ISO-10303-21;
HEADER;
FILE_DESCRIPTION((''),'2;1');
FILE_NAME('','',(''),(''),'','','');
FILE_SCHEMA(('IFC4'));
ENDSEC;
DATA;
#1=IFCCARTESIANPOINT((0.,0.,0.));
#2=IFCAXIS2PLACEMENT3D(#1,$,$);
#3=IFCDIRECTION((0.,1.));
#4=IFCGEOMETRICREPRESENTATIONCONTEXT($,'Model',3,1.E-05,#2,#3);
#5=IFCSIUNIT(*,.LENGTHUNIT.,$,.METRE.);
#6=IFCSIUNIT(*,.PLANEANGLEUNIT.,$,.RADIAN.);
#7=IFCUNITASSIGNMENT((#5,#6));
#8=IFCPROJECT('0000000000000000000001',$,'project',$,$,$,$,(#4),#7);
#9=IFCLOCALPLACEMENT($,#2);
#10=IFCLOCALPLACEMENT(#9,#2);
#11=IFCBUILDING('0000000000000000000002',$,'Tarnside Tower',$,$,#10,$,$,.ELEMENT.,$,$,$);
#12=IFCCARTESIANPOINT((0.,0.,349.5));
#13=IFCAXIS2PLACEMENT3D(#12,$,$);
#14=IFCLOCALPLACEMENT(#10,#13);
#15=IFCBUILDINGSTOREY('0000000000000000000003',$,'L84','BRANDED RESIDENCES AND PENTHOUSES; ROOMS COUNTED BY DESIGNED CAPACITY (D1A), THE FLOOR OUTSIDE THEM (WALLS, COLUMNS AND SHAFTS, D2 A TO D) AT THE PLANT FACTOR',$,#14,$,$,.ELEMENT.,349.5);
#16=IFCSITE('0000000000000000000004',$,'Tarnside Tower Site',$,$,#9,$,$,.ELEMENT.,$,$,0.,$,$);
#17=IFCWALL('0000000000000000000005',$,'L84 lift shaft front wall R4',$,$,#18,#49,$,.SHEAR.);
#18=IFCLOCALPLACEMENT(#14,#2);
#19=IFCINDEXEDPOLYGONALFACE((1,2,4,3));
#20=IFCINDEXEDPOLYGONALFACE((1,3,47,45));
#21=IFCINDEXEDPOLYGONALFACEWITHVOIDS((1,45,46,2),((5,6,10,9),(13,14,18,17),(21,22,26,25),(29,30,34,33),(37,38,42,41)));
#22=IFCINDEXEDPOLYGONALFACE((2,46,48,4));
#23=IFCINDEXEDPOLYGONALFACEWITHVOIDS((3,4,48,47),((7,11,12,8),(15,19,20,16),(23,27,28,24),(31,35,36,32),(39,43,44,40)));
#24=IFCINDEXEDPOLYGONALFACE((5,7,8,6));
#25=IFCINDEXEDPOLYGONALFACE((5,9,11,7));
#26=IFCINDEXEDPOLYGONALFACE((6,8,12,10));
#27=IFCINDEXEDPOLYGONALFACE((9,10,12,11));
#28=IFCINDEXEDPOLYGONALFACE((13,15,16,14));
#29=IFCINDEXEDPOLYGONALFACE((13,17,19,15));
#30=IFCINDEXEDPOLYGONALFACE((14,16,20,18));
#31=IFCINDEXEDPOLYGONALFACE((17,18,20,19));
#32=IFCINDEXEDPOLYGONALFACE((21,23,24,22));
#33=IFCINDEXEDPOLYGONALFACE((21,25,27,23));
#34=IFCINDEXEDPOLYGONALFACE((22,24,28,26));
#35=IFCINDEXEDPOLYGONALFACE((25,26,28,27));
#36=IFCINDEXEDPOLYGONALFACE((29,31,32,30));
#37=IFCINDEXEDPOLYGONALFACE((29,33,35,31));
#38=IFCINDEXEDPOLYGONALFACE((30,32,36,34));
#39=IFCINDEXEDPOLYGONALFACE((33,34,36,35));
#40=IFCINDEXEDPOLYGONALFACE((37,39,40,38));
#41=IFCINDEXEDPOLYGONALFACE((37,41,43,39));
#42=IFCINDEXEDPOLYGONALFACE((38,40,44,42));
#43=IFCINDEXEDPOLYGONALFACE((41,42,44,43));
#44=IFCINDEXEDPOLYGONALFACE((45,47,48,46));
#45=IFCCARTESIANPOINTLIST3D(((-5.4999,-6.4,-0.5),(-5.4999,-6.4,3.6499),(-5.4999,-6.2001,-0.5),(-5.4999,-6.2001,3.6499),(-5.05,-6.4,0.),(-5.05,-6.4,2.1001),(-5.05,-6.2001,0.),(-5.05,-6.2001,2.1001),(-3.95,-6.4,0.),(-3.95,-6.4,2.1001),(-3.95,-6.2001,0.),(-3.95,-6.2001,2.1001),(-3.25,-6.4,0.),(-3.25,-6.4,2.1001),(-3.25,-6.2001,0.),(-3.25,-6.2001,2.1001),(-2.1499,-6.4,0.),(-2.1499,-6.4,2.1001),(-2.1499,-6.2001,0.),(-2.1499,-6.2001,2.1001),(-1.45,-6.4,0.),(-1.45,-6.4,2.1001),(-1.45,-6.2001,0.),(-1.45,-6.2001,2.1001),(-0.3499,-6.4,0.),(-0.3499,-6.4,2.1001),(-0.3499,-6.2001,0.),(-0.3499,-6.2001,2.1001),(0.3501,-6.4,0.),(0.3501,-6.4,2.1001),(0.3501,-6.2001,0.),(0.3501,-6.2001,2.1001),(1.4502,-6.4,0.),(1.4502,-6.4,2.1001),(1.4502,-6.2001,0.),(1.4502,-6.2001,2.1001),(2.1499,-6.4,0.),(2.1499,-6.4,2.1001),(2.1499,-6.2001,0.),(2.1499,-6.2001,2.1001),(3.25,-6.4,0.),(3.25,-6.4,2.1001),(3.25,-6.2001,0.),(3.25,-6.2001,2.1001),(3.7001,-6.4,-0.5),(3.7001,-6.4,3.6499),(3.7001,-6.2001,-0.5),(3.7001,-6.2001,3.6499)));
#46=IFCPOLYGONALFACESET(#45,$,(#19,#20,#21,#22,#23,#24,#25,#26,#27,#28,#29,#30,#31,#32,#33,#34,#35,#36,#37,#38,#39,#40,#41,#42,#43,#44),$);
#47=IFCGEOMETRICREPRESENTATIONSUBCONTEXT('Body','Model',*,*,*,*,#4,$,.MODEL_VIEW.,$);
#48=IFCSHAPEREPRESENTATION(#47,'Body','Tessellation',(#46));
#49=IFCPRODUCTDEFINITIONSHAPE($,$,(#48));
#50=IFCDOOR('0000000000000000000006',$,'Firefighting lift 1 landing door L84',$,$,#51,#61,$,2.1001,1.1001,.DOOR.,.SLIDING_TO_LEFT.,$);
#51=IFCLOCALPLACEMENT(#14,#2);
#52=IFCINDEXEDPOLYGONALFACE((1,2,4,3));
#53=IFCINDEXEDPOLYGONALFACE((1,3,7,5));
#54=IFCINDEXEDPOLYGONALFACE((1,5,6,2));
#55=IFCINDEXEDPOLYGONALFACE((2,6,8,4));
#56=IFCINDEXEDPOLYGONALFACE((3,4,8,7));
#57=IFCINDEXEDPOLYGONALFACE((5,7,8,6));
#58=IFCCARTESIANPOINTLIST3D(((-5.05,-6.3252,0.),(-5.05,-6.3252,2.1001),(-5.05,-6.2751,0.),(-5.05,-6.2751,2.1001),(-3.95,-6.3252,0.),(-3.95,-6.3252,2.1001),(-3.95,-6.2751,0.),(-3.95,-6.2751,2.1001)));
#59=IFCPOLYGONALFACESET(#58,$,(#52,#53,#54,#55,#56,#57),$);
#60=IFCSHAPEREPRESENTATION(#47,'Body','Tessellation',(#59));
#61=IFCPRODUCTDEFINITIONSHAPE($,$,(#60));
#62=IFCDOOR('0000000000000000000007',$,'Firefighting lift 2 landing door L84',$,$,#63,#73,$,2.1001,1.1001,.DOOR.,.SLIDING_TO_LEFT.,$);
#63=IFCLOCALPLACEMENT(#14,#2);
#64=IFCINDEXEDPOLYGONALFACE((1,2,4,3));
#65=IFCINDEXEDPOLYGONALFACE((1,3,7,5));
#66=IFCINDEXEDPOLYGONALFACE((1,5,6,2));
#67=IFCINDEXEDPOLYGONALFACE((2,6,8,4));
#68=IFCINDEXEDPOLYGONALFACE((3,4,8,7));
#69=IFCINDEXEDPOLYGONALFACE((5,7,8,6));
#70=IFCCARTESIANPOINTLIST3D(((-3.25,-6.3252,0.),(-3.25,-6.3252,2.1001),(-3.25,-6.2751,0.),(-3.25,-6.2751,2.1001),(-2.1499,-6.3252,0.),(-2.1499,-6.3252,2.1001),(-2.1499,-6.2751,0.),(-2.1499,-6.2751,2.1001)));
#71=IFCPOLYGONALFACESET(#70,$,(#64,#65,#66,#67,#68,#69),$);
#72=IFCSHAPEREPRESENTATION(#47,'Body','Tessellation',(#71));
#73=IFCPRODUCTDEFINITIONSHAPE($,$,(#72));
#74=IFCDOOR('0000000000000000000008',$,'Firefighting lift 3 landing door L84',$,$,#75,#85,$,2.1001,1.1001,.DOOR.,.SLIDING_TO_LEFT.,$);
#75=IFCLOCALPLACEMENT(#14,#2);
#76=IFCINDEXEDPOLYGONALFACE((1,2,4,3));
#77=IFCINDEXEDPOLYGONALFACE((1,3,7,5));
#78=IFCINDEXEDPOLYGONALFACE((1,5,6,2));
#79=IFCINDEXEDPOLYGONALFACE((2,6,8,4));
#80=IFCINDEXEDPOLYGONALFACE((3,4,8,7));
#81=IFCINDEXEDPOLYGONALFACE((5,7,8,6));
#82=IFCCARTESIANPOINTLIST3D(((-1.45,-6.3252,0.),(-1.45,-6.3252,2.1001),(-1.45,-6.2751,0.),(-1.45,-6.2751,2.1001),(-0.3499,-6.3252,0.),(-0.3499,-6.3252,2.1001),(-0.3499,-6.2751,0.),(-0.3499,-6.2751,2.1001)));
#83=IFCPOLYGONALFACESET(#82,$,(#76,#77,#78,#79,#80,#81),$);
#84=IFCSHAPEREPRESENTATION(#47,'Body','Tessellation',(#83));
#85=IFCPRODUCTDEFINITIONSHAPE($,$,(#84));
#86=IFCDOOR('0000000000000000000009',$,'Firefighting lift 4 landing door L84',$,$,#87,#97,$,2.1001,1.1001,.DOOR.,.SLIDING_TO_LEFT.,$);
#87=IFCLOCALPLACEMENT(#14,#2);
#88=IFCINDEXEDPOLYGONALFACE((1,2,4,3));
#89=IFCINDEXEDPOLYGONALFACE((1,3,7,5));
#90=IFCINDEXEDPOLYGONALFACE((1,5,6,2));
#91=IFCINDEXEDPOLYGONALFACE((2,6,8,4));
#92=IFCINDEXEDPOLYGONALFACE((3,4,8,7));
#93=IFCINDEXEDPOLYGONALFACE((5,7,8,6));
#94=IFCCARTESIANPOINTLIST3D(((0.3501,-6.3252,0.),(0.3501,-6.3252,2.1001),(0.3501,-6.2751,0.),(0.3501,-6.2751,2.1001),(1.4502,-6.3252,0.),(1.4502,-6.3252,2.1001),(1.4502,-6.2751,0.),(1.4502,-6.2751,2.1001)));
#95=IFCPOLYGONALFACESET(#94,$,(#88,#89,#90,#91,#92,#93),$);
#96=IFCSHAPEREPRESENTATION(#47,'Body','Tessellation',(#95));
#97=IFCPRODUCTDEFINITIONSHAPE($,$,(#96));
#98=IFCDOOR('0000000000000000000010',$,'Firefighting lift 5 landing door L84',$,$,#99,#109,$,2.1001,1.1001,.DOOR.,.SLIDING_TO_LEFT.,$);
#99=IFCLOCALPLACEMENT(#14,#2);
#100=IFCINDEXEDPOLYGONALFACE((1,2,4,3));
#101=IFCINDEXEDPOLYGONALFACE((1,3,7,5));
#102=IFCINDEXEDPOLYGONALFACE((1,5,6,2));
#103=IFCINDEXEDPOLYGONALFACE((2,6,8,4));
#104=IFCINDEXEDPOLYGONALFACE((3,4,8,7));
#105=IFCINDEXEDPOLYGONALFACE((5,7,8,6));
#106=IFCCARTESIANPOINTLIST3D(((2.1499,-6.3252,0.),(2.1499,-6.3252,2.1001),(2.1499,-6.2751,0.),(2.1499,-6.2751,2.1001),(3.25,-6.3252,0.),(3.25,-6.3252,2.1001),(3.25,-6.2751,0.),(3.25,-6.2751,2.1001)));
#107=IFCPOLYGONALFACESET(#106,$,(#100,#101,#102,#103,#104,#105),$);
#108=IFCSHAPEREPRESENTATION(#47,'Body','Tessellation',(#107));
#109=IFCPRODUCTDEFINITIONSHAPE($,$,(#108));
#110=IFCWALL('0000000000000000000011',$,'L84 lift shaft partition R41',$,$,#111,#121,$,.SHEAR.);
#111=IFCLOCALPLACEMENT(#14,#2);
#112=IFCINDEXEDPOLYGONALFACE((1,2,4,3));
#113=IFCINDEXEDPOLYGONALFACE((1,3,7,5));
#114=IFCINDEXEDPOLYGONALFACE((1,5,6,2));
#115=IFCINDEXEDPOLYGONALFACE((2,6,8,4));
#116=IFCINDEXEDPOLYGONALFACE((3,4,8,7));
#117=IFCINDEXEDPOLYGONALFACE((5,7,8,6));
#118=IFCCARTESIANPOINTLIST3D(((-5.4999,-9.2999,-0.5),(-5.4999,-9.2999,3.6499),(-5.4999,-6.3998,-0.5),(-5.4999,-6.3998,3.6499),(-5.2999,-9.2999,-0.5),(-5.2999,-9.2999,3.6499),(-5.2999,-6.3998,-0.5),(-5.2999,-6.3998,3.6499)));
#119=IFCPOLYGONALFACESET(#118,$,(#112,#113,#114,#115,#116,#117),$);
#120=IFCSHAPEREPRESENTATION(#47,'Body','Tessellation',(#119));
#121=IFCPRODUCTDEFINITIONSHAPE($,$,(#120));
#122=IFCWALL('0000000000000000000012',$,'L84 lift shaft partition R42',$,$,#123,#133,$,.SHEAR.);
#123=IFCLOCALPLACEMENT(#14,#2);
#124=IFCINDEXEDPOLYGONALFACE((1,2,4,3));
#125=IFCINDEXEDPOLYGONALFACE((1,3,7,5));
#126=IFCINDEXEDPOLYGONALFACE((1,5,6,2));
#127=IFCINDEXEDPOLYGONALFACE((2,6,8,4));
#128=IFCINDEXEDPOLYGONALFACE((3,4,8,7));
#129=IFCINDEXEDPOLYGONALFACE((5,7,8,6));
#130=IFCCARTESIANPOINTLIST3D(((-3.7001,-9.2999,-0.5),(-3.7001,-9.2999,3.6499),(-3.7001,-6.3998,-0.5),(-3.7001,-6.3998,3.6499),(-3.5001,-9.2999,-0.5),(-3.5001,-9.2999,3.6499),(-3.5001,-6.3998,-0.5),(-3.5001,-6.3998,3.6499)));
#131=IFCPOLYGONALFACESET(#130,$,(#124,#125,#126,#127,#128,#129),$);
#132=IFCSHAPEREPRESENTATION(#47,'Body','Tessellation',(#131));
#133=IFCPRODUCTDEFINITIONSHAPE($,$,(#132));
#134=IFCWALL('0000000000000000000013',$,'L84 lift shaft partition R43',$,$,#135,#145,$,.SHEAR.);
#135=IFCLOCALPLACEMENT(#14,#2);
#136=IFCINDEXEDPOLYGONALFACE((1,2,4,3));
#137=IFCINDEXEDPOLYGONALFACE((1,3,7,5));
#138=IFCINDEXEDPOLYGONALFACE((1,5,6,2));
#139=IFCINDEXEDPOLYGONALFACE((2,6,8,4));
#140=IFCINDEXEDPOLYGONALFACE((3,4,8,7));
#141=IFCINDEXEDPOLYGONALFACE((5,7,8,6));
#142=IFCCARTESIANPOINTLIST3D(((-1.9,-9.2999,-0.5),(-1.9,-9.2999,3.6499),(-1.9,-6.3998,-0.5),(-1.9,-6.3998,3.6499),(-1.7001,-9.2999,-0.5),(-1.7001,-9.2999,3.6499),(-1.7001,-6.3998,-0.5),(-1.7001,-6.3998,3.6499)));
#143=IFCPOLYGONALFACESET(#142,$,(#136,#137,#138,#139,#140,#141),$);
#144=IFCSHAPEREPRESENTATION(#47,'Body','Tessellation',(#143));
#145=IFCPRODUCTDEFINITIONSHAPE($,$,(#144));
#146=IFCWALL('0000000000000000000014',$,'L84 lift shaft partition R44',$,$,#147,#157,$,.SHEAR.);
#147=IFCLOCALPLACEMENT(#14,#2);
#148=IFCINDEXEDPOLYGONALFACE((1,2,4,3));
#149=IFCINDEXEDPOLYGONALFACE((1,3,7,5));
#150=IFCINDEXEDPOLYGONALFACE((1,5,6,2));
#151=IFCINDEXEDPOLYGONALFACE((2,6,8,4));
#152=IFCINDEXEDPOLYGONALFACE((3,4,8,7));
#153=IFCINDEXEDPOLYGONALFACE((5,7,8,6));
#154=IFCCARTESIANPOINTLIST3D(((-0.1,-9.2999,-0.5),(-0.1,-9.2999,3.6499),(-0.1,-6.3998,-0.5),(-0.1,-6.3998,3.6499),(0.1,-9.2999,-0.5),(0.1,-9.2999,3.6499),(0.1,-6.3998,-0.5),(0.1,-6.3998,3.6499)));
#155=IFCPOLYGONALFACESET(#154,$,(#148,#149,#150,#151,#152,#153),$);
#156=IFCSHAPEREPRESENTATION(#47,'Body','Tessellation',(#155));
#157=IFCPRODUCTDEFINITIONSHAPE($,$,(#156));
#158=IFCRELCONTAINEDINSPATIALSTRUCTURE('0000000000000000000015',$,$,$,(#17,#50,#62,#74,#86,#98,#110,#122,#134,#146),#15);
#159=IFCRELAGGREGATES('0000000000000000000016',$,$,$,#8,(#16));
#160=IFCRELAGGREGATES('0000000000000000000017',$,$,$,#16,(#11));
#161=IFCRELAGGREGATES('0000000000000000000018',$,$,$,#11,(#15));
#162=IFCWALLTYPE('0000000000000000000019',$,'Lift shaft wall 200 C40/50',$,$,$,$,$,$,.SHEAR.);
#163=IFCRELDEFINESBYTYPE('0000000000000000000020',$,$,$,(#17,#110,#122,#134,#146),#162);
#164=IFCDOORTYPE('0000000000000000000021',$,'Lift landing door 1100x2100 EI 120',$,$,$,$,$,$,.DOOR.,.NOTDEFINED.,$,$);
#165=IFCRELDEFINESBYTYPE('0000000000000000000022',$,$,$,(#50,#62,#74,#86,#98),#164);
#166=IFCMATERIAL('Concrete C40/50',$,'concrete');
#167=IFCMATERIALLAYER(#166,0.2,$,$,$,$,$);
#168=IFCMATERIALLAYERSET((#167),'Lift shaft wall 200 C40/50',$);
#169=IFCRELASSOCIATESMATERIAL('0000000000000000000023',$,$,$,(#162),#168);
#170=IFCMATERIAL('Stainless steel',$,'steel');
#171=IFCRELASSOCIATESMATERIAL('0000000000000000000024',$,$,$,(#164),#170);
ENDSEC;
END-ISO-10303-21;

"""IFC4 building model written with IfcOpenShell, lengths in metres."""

from ifc_helpers import new_model, si_unit, direction, frame, frame_2d, origin, place, context, subcontext, project, spatial, rectangle, extrude, material, layer, layer_set, type_object, element, fill, save


model = new_model("IFC4")

# Units and contexts
model_context = context("Model", 3, precision=1e-05, world=origin(), true_north=direction((0.0, 1.0)))
body_context = subcontext(model_context, "Body", "Model", "MODEL_VIEW")
ifc_project = project(units=[si_unit("LENGTHUNIT", "METRE"), si_unit("PLANEANGLEUNIT", "RADIAN")], contexts=[model_context])

# Site, building, storey
site_placement = place(None, origin())
site = spatial("IfcSite", under=ifc_project, at=site_placement, Name="Tarnside Tower Site", CompositionType="ELEMENT", RefElevation=0.0)
building_placement = place(site_placement, origin())
building = spatial("IfcBuilding", under=site, at=building_placement, Name="Tarnside Tower", CompositionType="ELEMENT")
storey_placement = place(building_placement, frame((0.0, 0.0, 349.5)))
storey = spatial("IfcBuildingStorey", under=building, at=storey_placement, Name="L84", Description="BRANDED RESIDENCES AND PENTHOUSES; ROOMS COUNTED BY DESIGNED CAPACITY (D1A), THE FLOOR OUTSIDE THEM (WALLS, COLUMNS AND SHAFTS, D2 A TO D) AT THE PLANT FACTOR", CompositionType="ELEMENT", Elevation=349.5)

# Shared definitions
ifc_material_1 = material(Name="Concrete C40/50", Category="concrete")

# Shared definitions
ifc_layer_1 = layer(ifc_material_1, 0.2)
ifc_layer_set_1 = layer_set([ifc_layer_1], Name="Lift shaft wall 200 C40/50")
wall_type_1 = type_object("IfcWallType", Name="Lift shaft wall 200 C40/50", PredefinedType="SHEAR", material=ifc_layer_set_1)

# Wall, openings, doors
wall_1_placement = place(storey_placement, frame((-5.5, -6.3, -0.5), z_axis=(0.0, 0.0, 1.0), x_axis=(1.0, 0.0, 0.0)))
wall_1 = element("IfcWall", 1, at=wall_1_placement, inside=storey, type_object=wall_type_1, Name="L84 lift shaft front wall R4", PredefinedType="SHEAR", context=body_context, shape_type="SweptSolid", body=[
    extrude(rectangle(XDim=9.2, YDim=0.2, at=frame_2d((4.6001, 0.0))), origin(), (0.0, 0.0, 1.0), 4.1499),
])
opening_1_placement = place(wall_1_placement, frame((0.45, 0.0, 0.5)))
opening_1 = element("IfcOpeningElement", 2, at=opening_1_placement, cuts=wall_1, PredefinedType="OPENING", context=body_context, shape_type="SweptSolid", body=[
    extrude(rectangle(XDim=1.1001, YDim=2.1001, at=frame_2d((0.55, 1.05))), frame((0.0, 0.1099, 0.0), z_axis=(0.0, -1.0, 0.0), x_axis=(1.0, 0.0, 0.0)), (0.0, 0.0, 1.0), 0.22),
])
opening_2_placement = place(wall_1_placement, frame((2.25, 0.0, 0.5)))
opening_2 = element("IfcOpeningElement", 3, at=opening_2_placement, cuts=wall_1, PredefinedType="OPENING", context=body_context, shape_type="SweptSolid", body=[
    extrude(rectangle(XDim=1.1001, YDim=2.1001, at=frame_2d((0.55, 1.05))), frame((0.0, 0.1099, 0.0), z_axis=(0.0, -1.0, 0.0), x_axis=(1.0, 0.0, 0.0)), (0.0, 0.0, 1.0), 0.22),
])
opening_3_placement = place(wall_1_placement, frame((4.05, 0.0, 0.5)))
opening_3 = element("IfcOpeningElement", 4, at=opening_3_placement, cuts=wall_1, PredefinedType="OPENING", context=body_context, shape_type="SweptSolid", body=[
    extrude(rectangle(XDim=1.1001, YDim=2.1001, at=frame_2d((0.55, 1.05))), frame((0.0, 0.1099, 0.0), z_axis=(0.0, -1.0, 0.0), x_axis=(1.0, 0.0, 0.0)), (0.0, 0.0, 1.0), 0.22),
])
opening_4_placement = place(wall_1_placement, frame((5.8501, 0.0, 0.5)))
opening_4 = element("IfcOpeningElement", 5, at=opening_4_placement, cuts=wall_1, PredefinedType="OPENING", context=body_context, shape_type="SweptSolid", body=[
    extrude(rectangle(XDim=1.1001, YDim=2.1001, at=frame_2d((0.55, 1.05))), frame((0.0, 0.1099, 0.0), z_axis=(0.0, -1.0, 0.0), x_axis=(1.0, 0.0, 0.0)), (0.0, 0.0, 1.0), 0.22),
])
opening_5_placement = place(wall_1_placement, frame((7.6499, 0.0, 0.5)))
opening_5 = element("IfcOpeningElement", 6, at=opening_5_placement, cuts=wall_1, PredefinedType="OPENING", context=body_context, shape_type="SweptSolid", body=[
    extrude(rectangle(XDim=1.1001, YDim=2.1001, at=frame_2d((0.55, 1.05))), frame((0.0, 0.1099, 0.0), z_axis=(0.0, -1.0, 0.0), x_axis=(1.0, 0.0, 0.0)), (0.0, 0.0, 1.0), 0.22),
])
ifc_material_2 = material(Name="Stainless steel", Category="steel")
door_type_1 = type_object("IfcDoorType", Name="Lift landing door 1100x2100 EI 120", OperationType="NOTDEFINED", PredefinedType="DOOR", material=ifc_material_2)
door_1_placement = place(opening_1_placement, origin())
door_1 = element("IfcDoor", 7, at=door_1_placement, inside=storey, type_object=door_type_1, Name="Firefighting lift 1 landing door L84", OperationType="SLIDING_TO_LEFT", OverallHeight=2.1001, OverallWidth=1.1001, PredefinedType="DOOR", context=body_context, shape_type="SweptSolid", body=[
    extrude(rectangle(XDim=1.1001, YDim=2.1001, at=frame_2d((0.55, 1.05))), frame((0.0, 0.0249, 0.0), z_axis=(0.0, -1.0, 0.0), x_axis=(1.0, 0.0, 0.0)), (0.0, 0.0, 1.0), 0.05),
])
fill(opening_1, door_1)
door_2_placement = place(opening_2_placement, origin())
door_2 = element("IfcDoor", 8, at=door_2_placement, inside=storey, type_object=door_type_1, Name="Firefighting lift 2 landing door L84", OperationType="SLIDING_TO_LEFT", OverallHeight=2.1001, OverallWidth=1.1001, PredefinedType="DOOR", context=body_context, shape_type="SweptSolid", body=[
    extrude(rectangle(XDim=1.1001, YDim=2.1001, at=frame_2d((0.55, 1.05))), frame((0.0, 0.0249, 0.0), z_axis=(0.0, -1.0, 0.0), x_axis=(1.0, 0.0, 0.0)), (0.0, 0.0, 1.0), 0.05),
])
fill(opening_2, door_2)
door_3_placement = place(opening_3_placement, origin())
door_3 = element("IfcDoor", 9, at=door_3_placement, inside=storey, type_object=door_type_1, Name="Firefighting lift 3 landing door L84", OperationType="SLIDING_TO_LEFT", OverallHeight=2.1001, OverallWidth=1.1001, PredefinedType="DOOR", context=body_context, shape_type="SweptSolid", body=[
    extrude(rectangle(XDim=1.1001, YDim=2.1001, at=frame_2d((0.55, 1.05))), frame((0.0, 0.0249, 0.0), z_axis=(0.0, -1.0, 0.0), x_axis=(1.0, 0.0, 0.0)), (0.0, 0.0, 1.0), 0.05),
])
fill(opening_3, door_3)
door_4_placement = place(opening_4_placement, origin())
door_4 = element("IfcDoor", 10, at=door_4_placement, inside=storey, type_object=door_type_1, Name="Firefighting lift 4 landing door L84", OperationType="SLIDING_TO_LEFT", OverallHeight=2.1001, OverallWidth=1.1001, PredefinedType="DOOR", context=body_context, shape_type="SweptSolid", body=[
    extrude(rectangle(XDim=1.1001, YDim=2.1001, at=frame_2d((0.55, 1.05))), frame((0.0, 0.0249, 0.0), z_axis=(0.0, -1.0, 0.0), x_axis=(1.0, 0.0, 0.0)), (0.0, 0.0, 1.0), 0.05),
])
fill(opening_4, door_4)
door_5_placement = place(opening_5_placement, origin())
door_5 = element("IfcDoor", 11, at=door_5_placement, inside=storey, type_object=door_type_1, Name="Firefighting lift 5 landing door L84", OperationType="SLIDING_TO_LEFT", OverallHeight=2.1001, OverallWidth=1.1001, PredefinedType="DOOR", context=body_context, shape_type="SweptSolid", body=[
    extrude(rectangle(XDim=1.1001, YDim=2.1001, at=frame_2d((0.55, 1.05))), frame((0.0, 0.0249, 0.0), z_axis=(0.0, -1.0, 0.0), x_axis=(1.0, 0.0, 0.0)), (0.0, 0.0, 1.0), 0.05),
])
fill(opening_5, door_5)

# Walls
for number, where, z_axis, x_axis, name in (
    (12, (-5.3999, -9.3, -0.5), (0.0, 0.0, 1.0), (0.0, 1.0, 0.0), "L84 lift shaft partition R41"),
    (13, (-3.6001, -9.3, -0.5), (0.0, 0.0, 1.0), (0.0, 1.0, 0.0), "L84 lift shaft partition R42"),
    (14, (-1.8, -9.3, -0.5), (0.0, 0.0, 1.0), (0.0, 1.0, 0.0), "L84 lift shaft partition R43"),
    (15, (0.0, -9.3, -0.5), (0.0, 0.0, 1.0), (0.0, 1.0, 0.0), "L84 lift shaft partition R44"),
):
    element("IfcWall", number, at=place(storey_placement, frame(where, z_axis=z_axis, x_axis=x_axis)), inside=storey, type_object=wall_type_1, Name=name, PredefinedType="SHEAR", context=body_context, shape_type="SweptSolid", body=[
        extrude(rectangle(XDim=2.9001, YDim=0.2, at=frame_2d((1.4502, 0.0))), origin(), (0.0, 0.0, 1.0), 4.1499),
    ])

save(model, "model.ifc")
